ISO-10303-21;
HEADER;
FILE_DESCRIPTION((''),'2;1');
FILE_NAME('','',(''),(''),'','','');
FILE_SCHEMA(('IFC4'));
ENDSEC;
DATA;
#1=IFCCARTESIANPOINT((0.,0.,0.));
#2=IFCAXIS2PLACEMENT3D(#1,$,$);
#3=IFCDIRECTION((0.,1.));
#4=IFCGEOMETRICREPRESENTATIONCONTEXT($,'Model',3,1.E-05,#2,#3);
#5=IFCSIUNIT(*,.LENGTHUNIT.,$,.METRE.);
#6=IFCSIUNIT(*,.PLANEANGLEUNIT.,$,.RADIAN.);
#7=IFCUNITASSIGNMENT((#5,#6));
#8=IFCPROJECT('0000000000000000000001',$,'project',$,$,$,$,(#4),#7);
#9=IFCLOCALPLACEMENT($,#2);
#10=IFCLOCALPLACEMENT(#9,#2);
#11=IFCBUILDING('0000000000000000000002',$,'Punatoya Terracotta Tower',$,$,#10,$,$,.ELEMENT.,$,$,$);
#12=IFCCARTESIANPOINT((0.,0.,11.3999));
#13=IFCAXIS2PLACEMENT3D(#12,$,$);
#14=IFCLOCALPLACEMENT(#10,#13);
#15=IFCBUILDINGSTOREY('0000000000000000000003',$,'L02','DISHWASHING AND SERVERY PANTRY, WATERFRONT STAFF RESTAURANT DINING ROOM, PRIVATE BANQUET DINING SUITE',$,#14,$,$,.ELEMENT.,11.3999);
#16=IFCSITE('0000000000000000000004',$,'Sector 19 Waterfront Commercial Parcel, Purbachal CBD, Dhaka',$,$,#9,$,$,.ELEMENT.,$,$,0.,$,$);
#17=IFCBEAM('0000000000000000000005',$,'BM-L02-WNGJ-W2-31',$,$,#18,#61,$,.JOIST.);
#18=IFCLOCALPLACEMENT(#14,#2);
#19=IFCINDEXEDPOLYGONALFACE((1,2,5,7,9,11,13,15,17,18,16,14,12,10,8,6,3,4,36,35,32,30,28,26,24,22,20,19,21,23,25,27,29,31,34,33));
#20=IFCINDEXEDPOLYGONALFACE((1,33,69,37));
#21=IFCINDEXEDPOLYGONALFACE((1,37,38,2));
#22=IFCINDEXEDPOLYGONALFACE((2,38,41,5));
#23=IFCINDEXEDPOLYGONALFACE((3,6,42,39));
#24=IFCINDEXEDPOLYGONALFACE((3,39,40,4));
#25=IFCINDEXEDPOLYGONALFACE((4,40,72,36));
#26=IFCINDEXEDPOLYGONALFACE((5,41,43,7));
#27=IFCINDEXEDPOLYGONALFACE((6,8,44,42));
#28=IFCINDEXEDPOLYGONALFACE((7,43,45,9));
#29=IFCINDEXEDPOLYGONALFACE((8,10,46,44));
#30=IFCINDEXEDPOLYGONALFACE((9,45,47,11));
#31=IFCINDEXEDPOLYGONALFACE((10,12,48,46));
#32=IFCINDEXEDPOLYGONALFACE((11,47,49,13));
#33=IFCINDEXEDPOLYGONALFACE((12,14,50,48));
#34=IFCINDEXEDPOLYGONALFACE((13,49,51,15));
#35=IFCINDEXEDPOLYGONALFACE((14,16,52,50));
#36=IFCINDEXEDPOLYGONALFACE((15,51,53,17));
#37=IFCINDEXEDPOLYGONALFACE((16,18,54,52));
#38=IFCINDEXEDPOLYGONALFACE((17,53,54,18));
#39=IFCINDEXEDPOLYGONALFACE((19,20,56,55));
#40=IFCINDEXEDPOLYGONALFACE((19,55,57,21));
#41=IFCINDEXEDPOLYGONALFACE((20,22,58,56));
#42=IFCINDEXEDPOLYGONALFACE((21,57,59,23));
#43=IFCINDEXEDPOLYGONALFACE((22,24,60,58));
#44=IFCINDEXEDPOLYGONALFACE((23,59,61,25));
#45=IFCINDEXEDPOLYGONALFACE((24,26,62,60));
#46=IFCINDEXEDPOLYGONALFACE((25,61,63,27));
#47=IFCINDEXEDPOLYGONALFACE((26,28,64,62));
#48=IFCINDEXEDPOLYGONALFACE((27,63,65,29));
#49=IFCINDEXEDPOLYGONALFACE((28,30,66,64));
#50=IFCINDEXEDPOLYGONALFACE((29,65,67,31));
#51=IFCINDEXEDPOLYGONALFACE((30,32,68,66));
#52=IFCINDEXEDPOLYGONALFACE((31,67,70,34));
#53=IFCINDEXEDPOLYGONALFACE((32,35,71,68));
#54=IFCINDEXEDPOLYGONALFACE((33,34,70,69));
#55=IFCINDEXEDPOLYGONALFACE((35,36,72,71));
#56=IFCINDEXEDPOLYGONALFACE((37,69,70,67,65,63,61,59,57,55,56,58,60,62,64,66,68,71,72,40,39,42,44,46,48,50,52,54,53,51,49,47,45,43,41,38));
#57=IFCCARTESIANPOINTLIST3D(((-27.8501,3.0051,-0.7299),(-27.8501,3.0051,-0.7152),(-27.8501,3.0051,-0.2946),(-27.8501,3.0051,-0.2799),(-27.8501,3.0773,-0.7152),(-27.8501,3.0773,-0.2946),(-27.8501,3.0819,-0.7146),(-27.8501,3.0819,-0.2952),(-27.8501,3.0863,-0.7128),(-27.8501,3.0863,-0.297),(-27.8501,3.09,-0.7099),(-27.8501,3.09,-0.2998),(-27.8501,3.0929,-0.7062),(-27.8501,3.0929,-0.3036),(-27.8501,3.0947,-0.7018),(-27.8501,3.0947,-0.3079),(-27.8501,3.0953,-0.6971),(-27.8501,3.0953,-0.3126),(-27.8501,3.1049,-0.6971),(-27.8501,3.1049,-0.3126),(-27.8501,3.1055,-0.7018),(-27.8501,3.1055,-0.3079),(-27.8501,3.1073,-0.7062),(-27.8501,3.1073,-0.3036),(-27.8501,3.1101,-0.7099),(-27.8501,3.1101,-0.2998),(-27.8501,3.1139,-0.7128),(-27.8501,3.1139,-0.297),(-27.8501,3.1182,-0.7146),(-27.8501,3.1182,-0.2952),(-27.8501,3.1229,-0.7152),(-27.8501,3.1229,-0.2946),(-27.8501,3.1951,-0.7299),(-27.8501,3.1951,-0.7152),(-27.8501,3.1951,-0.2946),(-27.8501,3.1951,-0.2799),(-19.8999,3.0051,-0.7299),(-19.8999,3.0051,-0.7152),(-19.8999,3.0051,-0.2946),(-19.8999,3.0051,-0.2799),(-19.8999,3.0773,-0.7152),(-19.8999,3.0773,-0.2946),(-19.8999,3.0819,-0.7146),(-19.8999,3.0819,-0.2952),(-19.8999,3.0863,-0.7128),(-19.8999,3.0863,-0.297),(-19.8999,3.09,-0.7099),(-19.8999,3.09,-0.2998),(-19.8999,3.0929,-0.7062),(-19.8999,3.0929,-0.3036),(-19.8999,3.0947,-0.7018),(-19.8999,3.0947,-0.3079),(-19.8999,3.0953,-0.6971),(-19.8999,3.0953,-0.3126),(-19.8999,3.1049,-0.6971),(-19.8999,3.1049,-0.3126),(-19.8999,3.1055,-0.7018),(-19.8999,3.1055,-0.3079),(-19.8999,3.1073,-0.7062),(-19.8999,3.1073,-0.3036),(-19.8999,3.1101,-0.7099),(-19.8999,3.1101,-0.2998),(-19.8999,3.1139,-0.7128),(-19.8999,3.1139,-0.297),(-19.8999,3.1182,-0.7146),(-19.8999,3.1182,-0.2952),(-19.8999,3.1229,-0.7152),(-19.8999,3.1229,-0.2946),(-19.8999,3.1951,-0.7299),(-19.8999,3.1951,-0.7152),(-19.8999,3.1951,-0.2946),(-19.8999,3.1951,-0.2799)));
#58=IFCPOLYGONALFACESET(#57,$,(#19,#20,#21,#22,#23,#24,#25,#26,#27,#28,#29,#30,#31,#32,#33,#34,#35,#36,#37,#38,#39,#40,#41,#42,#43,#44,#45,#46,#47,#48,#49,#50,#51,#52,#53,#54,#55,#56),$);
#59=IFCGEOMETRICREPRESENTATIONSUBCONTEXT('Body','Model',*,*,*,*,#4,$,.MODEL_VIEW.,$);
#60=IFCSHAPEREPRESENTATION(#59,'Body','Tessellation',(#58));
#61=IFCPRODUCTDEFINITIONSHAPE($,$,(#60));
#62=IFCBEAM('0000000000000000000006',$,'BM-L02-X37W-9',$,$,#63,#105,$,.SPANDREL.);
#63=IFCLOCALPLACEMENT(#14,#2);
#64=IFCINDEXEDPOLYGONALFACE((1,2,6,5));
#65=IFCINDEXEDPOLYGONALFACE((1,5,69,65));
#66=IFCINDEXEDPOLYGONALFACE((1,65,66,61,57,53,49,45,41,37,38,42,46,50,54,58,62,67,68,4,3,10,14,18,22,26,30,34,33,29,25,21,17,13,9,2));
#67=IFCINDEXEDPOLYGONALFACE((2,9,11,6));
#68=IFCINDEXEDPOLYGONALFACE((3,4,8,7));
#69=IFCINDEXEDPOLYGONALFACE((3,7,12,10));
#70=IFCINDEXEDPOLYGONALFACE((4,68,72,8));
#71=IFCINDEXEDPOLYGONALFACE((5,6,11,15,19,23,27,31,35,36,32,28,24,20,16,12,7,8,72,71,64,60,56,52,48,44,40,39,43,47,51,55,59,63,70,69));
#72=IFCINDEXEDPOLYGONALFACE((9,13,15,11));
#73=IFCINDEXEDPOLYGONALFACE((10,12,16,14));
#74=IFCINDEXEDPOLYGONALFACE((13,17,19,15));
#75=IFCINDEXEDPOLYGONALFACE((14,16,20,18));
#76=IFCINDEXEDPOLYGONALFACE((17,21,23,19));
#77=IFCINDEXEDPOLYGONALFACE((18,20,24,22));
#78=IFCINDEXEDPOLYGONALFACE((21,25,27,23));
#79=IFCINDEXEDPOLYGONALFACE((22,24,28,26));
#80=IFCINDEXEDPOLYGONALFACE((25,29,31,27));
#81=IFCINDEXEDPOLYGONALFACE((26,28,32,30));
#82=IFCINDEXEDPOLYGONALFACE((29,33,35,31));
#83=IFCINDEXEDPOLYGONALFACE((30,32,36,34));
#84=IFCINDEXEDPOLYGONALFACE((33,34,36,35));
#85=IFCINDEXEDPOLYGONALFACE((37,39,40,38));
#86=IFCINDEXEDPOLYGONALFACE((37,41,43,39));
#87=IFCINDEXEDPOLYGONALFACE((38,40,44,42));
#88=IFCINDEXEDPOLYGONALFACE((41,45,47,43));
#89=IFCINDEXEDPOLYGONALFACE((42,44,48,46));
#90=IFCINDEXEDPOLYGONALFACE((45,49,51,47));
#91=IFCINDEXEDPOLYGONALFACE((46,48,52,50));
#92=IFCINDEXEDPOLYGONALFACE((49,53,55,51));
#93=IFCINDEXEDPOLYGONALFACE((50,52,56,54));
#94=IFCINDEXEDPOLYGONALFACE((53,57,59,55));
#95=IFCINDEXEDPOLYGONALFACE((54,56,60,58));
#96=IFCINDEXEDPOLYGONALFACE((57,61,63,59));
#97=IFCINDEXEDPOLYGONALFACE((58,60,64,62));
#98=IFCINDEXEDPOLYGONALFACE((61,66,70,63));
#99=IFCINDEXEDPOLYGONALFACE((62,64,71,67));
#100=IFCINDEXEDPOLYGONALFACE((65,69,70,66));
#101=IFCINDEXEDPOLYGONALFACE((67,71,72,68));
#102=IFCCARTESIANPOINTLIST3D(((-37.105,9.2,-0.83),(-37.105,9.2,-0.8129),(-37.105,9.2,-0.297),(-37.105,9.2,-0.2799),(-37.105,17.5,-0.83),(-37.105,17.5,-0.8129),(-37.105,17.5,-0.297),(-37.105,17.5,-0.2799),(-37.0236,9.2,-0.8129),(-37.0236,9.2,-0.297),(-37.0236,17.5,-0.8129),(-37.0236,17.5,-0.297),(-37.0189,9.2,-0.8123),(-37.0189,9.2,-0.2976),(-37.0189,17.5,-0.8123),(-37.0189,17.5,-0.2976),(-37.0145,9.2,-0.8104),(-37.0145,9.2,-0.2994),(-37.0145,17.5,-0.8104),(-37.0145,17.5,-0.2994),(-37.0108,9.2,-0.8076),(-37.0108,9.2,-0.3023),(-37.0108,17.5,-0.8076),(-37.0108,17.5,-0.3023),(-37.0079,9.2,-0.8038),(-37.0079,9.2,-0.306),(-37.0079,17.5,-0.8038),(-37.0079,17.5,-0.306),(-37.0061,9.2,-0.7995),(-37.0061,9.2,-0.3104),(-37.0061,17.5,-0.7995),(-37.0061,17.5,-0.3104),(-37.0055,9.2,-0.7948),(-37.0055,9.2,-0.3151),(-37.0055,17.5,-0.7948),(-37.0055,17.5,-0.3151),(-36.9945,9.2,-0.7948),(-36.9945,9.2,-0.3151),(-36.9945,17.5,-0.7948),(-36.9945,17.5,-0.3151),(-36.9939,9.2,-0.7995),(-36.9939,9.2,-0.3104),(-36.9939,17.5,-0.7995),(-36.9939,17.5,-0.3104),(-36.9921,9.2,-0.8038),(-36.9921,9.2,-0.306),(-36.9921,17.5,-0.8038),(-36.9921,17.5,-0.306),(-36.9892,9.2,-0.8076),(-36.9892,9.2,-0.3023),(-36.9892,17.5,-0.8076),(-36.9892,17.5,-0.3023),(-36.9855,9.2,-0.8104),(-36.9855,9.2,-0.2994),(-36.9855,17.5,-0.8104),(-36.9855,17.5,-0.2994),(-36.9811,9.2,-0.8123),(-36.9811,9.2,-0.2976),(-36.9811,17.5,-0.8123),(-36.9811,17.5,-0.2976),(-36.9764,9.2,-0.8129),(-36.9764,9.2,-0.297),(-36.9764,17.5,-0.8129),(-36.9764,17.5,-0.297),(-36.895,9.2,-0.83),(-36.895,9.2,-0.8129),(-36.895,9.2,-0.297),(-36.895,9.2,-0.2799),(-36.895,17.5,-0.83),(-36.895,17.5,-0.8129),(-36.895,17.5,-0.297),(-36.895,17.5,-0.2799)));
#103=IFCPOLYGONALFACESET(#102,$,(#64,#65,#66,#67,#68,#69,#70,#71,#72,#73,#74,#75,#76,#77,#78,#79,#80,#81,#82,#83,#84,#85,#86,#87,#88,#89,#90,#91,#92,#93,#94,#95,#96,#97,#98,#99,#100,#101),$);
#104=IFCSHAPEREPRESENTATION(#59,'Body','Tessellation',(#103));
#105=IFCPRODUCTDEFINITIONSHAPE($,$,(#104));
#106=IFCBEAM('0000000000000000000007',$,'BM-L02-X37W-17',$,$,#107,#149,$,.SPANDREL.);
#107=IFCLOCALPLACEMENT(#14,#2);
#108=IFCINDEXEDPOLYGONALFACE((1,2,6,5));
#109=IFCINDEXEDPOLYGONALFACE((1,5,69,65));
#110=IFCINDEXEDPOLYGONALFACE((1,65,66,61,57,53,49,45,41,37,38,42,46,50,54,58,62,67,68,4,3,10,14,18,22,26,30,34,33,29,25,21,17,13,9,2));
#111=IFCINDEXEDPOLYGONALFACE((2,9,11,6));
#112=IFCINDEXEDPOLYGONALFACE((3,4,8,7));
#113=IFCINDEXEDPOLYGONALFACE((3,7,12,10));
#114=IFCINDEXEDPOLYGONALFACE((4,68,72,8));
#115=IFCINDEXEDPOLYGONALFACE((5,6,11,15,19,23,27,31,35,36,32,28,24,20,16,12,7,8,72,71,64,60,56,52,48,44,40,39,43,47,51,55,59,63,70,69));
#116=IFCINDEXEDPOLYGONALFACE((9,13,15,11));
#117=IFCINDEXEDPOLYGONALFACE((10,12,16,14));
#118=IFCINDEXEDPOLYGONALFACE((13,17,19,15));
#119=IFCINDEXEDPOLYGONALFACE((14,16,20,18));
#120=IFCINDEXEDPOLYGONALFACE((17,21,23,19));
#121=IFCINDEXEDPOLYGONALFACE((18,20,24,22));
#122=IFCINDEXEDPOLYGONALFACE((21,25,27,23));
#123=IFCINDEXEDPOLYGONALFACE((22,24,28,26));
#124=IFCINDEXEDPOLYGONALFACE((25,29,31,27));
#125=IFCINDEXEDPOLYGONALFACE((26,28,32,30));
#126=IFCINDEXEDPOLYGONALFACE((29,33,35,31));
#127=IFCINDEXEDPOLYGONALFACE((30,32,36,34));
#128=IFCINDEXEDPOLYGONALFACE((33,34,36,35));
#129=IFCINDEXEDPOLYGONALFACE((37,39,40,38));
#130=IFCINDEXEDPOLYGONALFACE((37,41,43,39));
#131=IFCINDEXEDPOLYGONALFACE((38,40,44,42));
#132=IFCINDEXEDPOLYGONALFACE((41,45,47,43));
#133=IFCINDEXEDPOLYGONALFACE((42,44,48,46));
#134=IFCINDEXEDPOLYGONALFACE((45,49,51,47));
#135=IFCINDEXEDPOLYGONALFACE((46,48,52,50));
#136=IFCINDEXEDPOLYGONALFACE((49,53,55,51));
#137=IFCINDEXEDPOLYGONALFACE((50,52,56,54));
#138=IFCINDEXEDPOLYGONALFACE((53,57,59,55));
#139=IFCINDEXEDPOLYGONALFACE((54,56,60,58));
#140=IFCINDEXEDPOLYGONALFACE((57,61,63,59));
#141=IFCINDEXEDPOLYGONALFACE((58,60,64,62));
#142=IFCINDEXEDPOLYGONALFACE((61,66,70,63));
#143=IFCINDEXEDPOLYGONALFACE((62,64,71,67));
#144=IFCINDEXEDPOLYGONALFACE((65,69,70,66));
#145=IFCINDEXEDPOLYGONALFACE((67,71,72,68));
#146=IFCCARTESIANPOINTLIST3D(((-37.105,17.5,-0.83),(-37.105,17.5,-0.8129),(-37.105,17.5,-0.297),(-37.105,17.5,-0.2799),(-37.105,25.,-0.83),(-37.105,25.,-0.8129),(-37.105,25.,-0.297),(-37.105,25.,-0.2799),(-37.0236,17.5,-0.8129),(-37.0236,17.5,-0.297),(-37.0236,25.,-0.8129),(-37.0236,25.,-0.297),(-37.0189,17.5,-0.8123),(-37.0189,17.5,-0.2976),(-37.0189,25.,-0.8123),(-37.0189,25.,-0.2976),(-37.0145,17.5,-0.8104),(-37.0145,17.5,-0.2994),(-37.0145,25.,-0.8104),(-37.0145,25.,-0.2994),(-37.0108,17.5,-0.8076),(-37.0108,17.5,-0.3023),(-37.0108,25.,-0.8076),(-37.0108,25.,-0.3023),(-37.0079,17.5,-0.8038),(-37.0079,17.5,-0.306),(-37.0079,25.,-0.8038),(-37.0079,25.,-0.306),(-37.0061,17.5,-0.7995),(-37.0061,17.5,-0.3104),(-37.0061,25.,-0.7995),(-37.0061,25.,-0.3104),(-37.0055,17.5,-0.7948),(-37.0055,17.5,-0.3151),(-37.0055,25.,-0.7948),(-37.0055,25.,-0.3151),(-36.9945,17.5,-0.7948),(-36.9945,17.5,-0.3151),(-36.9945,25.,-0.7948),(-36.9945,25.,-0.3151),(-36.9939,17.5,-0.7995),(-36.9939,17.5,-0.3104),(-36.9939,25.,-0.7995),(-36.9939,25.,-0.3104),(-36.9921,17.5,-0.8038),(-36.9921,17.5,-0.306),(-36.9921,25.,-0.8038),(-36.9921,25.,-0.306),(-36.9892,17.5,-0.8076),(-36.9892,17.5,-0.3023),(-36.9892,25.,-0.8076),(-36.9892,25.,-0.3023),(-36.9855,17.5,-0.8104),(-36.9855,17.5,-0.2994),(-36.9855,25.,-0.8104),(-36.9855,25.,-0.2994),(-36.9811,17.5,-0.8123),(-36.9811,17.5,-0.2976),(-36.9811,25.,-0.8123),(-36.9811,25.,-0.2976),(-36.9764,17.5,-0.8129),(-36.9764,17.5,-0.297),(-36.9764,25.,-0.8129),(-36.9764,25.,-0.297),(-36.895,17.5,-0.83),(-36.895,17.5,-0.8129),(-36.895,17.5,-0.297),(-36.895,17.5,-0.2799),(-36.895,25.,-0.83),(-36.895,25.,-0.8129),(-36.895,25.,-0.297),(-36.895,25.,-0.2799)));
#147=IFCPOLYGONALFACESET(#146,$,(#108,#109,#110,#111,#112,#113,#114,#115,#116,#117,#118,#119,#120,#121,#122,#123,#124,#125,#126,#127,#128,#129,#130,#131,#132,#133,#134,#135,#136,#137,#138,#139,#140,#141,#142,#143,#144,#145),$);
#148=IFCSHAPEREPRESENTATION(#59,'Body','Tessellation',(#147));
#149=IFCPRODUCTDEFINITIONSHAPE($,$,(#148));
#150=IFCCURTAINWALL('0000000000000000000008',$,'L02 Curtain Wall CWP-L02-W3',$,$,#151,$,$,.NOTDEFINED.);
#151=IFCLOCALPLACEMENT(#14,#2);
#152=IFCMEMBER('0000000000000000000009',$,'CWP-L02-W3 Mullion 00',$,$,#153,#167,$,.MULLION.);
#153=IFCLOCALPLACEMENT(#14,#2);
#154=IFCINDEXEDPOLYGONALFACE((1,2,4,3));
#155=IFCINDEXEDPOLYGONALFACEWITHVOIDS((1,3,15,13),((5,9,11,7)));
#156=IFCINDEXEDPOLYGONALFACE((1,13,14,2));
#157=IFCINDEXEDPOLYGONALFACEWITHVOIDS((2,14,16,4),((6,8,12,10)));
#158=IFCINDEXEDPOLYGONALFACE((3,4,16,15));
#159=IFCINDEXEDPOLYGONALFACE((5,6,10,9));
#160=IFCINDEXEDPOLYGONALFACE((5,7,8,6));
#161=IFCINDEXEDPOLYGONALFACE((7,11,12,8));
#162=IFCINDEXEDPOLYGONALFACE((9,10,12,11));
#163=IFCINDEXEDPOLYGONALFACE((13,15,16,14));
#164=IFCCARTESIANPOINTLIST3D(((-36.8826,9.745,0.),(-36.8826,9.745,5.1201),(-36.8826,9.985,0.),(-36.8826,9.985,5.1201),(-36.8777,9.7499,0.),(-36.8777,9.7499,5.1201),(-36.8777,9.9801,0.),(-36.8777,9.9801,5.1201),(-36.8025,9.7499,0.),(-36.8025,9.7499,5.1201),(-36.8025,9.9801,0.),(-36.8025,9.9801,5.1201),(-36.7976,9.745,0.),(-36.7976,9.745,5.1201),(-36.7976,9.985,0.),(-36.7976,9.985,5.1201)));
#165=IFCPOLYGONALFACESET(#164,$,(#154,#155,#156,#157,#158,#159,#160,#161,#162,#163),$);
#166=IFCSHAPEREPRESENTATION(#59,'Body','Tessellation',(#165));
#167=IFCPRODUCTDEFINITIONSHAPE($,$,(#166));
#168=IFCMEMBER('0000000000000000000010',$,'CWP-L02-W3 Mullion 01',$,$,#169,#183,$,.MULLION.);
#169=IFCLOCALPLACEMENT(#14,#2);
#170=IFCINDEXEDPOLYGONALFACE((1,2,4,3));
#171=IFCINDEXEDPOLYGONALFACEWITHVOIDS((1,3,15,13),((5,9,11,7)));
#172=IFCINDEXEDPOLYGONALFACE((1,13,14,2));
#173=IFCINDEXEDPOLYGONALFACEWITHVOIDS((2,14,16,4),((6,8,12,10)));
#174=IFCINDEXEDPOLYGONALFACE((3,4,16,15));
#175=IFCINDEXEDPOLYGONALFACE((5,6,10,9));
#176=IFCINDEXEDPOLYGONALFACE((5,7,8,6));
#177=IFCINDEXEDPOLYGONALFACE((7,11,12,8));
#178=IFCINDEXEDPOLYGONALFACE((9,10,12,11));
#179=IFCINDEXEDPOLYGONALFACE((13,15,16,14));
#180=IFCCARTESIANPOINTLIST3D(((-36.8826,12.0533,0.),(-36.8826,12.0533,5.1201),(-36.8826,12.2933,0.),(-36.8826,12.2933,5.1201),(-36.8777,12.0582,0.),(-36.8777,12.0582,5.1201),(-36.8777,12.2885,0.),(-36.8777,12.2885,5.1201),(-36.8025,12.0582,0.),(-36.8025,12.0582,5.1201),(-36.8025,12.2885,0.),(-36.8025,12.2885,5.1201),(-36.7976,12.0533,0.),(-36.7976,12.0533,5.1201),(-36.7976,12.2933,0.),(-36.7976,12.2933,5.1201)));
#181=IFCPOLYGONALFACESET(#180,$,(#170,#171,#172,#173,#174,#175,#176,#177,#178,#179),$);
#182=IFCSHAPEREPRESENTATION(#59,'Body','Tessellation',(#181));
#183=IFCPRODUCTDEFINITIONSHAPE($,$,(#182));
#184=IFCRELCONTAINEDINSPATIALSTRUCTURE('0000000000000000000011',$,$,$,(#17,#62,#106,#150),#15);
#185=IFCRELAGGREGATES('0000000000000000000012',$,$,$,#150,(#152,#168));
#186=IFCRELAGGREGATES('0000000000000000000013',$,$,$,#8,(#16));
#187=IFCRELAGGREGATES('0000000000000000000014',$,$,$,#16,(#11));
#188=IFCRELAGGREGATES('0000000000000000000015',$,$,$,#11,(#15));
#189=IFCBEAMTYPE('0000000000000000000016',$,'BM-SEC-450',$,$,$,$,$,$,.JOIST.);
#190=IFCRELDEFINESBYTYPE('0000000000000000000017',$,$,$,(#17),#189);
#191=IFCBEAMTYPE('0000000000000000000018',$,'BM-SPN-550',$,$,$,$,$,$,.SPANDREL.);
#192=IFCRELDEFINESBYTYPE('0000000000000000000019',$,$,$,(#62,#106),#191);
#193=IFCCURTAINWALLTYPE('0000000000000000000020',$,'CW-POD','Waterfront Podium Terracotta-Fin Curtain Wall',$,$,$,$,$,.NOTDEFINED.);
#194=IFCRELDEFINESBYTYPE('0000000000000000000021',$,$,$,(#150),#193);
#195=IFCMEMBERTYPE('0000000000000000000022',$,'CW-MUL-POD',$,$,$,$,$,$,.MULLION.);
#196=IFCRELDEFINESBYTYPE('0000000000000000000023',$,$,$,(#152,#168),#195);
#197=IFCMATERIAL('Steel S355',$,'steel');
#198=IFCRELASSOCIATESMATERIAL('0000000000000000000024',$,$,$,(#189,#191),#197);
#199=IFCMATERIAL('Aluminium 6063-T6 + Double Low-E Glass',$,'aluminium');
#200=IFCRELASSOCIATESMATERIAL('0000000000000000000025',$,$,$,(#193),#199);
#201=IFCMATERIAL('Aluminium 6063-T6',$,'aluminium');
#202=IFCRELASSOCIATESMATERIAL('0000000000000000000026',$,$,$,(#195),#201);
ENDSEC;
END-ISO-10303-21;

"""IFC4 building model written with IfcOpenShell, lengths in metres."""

from ifc_helpers import new_model, si_unit, direction, frame, origin, origin_2d, place, context, subcontext, project, spatial, hollow_rectangle, i_section, extrude, material, material_profile, profile_set, type_object, element, aggregate, save


model = new_model("IFC4")

# Units and contexts
model_context = context("Model", 3, precision=1e-05, world=origin(), true_north=direction((0.0, 1.0)))
body_context = subcontext(model_context, "Body", "Model", "MODEL_VIEW")
ifc_project = project(units=[si_unit("LENGTHUNIT", "METRE"), si_unit("PLANEANGLEUNIT", "RADIAN")], contexts=[model_context])

# Site, building, storey
site_placement = place(None, origin())
site = spatial("IfcSite", under=ifc_project, at=site_placement, Name="Sector 19 Waterfront Commercial Parcel, Purbachal CBD, Dhaka", CompositionType="ELEMENT", RefElevation=0.0)
building_placement = place(site_placement, origin())
building = spatial("IfcBuilding", under=site, at=building_placement, Name="Punatoya Terracotta Tower", CompositionType="ELEMENT")
storey_placement = place(building_placement, frame((0.0, 0.0, 11.3999)))
storey = spatial("IfcBuildingStorey", under=building, at=storey_placement, Name="L02", Description="DISHWASHING AND SERVERY PANTRY, WATERFRONT STAFF RESTAURANT DINING ROOM, PRIVATE BANQUET DINING SUITE", CompositionType="ELEMENT", Elevation=11.3999)

# Beams
ifc_material_1 = material(Name="Steel S355", Category="steel")
ifc_material_profile_1 = material_profile(ifc_material_1, i_section(OverallWidth=0.1899, OverallDepth=0.45, WebThickness=0.0095, FlangeThickness=0.0146, FilletRadius=0.0181, at=origin_2d()))
ifc_profile_set_1 = profile_set([ifc_material_profile_1], Name="Steel S355")
beam_type_1 = type_object("IfcBeamType", Name="BM-SEC-450", PredefinedType="JOIST", material=ifc_profile_set_1)
beam_1_placement = place(storey_placement, frame((-27.8501, 3.1001, -0.5049), z_axis=(1.0, 0.0, 0.0), x_axis=(0.0, 1.0, 0.0)))
element("IfcBeam", 1, at=beam_1_placement, inside=storey, type_object=beam_type_1, Name="BM-L02-WNGJ-W2-31", PredefinedType="JOIST", context=body_context, shape_type="SweptSolid", body=[
    extrude(i_section(OverallWidth=0.1899, OverallDepth=0.45, WebThickness=0.0095, FlangeThickness=0.0146, FilletRadius=0.0181, at=origin_2d()), origin(), (0.0, 0.0, 1.0), 7.9502),
])
ifc_material_profile_2 = material_profile(ifc_material_1, i_section(OverallWidth=0.21, OverallDepth=0.55, WebThickness=0.011, FlangeThickness=0.0171, FilletRadius=0.0181, at=origin_2d()))
ifc_profile_set_2 = profile_set([ifc_material_profile_2], Name="Steel S355")
beam_type_2 = type_object("IfcBeamType", Name="BM-SPN-550", PredefinedType="SPANDREL", material=ifc_profile_set_2)
beam_2_placement = place(storey_placement, frame((-37.0, 9.2, -0.5549), z_axis=(0.0, 1.0, 0.0), x_axis=(-1.0, 0.0, 0.0)))
element("IfcBeam", 2, at=beam_2_placement, inside=storey, type_object=beam_type_2, Name="BM-L02-X37W-9", PredefinedType="SPANDREL", context=body_context, shape_type="SweptSolid", body=[
    extrude(i_section(OverallWidth=0.21, OverallDepth=0.55, WebThickness=0.011, FlangeThickness=0.0171, FilletRadius=0.0181, at=origin_2d()), origin(), (0.0, 0.0, 1.0), 8.3),
])
beam_3_placement = place(storey_placement, frame((-37.0, 17.5, -0.5549), z_axis=(0.0, 1.0, 0.0), x_axis=(-1.0, 0.0, 0.0)))
element("IfcBeam", 3, at=beam_3_placement, inside=storey, type_object=beam_type_2, Name="BM-L02-X37W-17", PredefinedType="SPANDREL", context=body_context, shape_type="SweptSolid", body=[
    extrude(i_section(OverallWidth=0.21, OverallDepth=0.55, WebThickness=0.011, FlangeThickness=0.0171, FilletRadius=0.0181, at=origin_2d()), origin(), (0.0, 0.0, 1.0), 7.5),
])

# Curtain wall, members
ifc_material_2 = material(Name="Aluminium 6063-T6 + Double Low-E Glass", Category="aluminium")
curtain_wall_type = type_object("IfcCurtainWallType", Name="CW-POD", Description="Waterfront Podium Terracotta-Fin Curtain Wall", PredefinedType="NOTDEFINED", material=ifc_material_2)
curtain_wall_1_placement = place(storey_placement, origin())
curtain_wall_1 = element("IfcCurtainWall", 4, at=curtain_wall_1_placement, inside=storey, type_object=curtain_wall_type, Name="L02 Curtain Wall CWP-L02-W3", PredefinedType="NOTDEFINED")
ifc_material_3 = material(Name="Aluminium 6063-T6", Category="aluminium")
ifc_material_profile_3 = material_profile(ifc_material_3, hollow_rectangle(XDim=0.085, YDim=0.24, WallThickness=0.0049, at=origin_2d()))
ifc_profile_set_3 = profile_set([ifc_material_profile_3], Name="Aluminium 6063-T6")
member_type_1 = type_object("IfcMemberType", Name="CW-MUL-POD", PredefinedType="MULLION", material=ifc_profile_set_3)
member_1_placement = place(storey_placement, frame((-36.8401, 9.865, 0.0), z_axis=(0.0, 0.0, 1.0), x_axis=(1.0, 0.0, 0.0)))
member_1 = element("IfcMember", 5, at=member_1_placement, type_object=member_type_1, Name="CWP-L02-W3 Mullion 00", PredefinedType="MULLION", context=body_context, shape_type="SweptSolid", body=[
    extrude(hollow_rectangle(XDim=0.085, YDim=0.24, WallThickness=0.0049, at=origin_2d()), origin(), (0.0, 0.0, 1.0), 5.1201),
])
member_2_placement = place(storey_placement, frame((-36.8401, 12.1733, 0.0), z_axis=(0.0, 0.0, 1.0), x_axis=(1.0, 0.0, 0.0)))
member_2 = element("IfcMember", 6, at=member_2_placement, type_object=member_type_1, Name="CWP-L02-W3 Mullion 01", PredefinedType="MULLION", context=body_context, shape_type="SweptSolid", body=[
    extrude(hollow_rectangle(XDim=0.085, YDim=0.24, WallThickness=0.0049, at=origin_2d()), origin(), (0.0, 0.0, 1.0), 5.1201),
])

aggregate(curtain_wall_1, [member_1, member_2])

save(model, "model.ifc")
